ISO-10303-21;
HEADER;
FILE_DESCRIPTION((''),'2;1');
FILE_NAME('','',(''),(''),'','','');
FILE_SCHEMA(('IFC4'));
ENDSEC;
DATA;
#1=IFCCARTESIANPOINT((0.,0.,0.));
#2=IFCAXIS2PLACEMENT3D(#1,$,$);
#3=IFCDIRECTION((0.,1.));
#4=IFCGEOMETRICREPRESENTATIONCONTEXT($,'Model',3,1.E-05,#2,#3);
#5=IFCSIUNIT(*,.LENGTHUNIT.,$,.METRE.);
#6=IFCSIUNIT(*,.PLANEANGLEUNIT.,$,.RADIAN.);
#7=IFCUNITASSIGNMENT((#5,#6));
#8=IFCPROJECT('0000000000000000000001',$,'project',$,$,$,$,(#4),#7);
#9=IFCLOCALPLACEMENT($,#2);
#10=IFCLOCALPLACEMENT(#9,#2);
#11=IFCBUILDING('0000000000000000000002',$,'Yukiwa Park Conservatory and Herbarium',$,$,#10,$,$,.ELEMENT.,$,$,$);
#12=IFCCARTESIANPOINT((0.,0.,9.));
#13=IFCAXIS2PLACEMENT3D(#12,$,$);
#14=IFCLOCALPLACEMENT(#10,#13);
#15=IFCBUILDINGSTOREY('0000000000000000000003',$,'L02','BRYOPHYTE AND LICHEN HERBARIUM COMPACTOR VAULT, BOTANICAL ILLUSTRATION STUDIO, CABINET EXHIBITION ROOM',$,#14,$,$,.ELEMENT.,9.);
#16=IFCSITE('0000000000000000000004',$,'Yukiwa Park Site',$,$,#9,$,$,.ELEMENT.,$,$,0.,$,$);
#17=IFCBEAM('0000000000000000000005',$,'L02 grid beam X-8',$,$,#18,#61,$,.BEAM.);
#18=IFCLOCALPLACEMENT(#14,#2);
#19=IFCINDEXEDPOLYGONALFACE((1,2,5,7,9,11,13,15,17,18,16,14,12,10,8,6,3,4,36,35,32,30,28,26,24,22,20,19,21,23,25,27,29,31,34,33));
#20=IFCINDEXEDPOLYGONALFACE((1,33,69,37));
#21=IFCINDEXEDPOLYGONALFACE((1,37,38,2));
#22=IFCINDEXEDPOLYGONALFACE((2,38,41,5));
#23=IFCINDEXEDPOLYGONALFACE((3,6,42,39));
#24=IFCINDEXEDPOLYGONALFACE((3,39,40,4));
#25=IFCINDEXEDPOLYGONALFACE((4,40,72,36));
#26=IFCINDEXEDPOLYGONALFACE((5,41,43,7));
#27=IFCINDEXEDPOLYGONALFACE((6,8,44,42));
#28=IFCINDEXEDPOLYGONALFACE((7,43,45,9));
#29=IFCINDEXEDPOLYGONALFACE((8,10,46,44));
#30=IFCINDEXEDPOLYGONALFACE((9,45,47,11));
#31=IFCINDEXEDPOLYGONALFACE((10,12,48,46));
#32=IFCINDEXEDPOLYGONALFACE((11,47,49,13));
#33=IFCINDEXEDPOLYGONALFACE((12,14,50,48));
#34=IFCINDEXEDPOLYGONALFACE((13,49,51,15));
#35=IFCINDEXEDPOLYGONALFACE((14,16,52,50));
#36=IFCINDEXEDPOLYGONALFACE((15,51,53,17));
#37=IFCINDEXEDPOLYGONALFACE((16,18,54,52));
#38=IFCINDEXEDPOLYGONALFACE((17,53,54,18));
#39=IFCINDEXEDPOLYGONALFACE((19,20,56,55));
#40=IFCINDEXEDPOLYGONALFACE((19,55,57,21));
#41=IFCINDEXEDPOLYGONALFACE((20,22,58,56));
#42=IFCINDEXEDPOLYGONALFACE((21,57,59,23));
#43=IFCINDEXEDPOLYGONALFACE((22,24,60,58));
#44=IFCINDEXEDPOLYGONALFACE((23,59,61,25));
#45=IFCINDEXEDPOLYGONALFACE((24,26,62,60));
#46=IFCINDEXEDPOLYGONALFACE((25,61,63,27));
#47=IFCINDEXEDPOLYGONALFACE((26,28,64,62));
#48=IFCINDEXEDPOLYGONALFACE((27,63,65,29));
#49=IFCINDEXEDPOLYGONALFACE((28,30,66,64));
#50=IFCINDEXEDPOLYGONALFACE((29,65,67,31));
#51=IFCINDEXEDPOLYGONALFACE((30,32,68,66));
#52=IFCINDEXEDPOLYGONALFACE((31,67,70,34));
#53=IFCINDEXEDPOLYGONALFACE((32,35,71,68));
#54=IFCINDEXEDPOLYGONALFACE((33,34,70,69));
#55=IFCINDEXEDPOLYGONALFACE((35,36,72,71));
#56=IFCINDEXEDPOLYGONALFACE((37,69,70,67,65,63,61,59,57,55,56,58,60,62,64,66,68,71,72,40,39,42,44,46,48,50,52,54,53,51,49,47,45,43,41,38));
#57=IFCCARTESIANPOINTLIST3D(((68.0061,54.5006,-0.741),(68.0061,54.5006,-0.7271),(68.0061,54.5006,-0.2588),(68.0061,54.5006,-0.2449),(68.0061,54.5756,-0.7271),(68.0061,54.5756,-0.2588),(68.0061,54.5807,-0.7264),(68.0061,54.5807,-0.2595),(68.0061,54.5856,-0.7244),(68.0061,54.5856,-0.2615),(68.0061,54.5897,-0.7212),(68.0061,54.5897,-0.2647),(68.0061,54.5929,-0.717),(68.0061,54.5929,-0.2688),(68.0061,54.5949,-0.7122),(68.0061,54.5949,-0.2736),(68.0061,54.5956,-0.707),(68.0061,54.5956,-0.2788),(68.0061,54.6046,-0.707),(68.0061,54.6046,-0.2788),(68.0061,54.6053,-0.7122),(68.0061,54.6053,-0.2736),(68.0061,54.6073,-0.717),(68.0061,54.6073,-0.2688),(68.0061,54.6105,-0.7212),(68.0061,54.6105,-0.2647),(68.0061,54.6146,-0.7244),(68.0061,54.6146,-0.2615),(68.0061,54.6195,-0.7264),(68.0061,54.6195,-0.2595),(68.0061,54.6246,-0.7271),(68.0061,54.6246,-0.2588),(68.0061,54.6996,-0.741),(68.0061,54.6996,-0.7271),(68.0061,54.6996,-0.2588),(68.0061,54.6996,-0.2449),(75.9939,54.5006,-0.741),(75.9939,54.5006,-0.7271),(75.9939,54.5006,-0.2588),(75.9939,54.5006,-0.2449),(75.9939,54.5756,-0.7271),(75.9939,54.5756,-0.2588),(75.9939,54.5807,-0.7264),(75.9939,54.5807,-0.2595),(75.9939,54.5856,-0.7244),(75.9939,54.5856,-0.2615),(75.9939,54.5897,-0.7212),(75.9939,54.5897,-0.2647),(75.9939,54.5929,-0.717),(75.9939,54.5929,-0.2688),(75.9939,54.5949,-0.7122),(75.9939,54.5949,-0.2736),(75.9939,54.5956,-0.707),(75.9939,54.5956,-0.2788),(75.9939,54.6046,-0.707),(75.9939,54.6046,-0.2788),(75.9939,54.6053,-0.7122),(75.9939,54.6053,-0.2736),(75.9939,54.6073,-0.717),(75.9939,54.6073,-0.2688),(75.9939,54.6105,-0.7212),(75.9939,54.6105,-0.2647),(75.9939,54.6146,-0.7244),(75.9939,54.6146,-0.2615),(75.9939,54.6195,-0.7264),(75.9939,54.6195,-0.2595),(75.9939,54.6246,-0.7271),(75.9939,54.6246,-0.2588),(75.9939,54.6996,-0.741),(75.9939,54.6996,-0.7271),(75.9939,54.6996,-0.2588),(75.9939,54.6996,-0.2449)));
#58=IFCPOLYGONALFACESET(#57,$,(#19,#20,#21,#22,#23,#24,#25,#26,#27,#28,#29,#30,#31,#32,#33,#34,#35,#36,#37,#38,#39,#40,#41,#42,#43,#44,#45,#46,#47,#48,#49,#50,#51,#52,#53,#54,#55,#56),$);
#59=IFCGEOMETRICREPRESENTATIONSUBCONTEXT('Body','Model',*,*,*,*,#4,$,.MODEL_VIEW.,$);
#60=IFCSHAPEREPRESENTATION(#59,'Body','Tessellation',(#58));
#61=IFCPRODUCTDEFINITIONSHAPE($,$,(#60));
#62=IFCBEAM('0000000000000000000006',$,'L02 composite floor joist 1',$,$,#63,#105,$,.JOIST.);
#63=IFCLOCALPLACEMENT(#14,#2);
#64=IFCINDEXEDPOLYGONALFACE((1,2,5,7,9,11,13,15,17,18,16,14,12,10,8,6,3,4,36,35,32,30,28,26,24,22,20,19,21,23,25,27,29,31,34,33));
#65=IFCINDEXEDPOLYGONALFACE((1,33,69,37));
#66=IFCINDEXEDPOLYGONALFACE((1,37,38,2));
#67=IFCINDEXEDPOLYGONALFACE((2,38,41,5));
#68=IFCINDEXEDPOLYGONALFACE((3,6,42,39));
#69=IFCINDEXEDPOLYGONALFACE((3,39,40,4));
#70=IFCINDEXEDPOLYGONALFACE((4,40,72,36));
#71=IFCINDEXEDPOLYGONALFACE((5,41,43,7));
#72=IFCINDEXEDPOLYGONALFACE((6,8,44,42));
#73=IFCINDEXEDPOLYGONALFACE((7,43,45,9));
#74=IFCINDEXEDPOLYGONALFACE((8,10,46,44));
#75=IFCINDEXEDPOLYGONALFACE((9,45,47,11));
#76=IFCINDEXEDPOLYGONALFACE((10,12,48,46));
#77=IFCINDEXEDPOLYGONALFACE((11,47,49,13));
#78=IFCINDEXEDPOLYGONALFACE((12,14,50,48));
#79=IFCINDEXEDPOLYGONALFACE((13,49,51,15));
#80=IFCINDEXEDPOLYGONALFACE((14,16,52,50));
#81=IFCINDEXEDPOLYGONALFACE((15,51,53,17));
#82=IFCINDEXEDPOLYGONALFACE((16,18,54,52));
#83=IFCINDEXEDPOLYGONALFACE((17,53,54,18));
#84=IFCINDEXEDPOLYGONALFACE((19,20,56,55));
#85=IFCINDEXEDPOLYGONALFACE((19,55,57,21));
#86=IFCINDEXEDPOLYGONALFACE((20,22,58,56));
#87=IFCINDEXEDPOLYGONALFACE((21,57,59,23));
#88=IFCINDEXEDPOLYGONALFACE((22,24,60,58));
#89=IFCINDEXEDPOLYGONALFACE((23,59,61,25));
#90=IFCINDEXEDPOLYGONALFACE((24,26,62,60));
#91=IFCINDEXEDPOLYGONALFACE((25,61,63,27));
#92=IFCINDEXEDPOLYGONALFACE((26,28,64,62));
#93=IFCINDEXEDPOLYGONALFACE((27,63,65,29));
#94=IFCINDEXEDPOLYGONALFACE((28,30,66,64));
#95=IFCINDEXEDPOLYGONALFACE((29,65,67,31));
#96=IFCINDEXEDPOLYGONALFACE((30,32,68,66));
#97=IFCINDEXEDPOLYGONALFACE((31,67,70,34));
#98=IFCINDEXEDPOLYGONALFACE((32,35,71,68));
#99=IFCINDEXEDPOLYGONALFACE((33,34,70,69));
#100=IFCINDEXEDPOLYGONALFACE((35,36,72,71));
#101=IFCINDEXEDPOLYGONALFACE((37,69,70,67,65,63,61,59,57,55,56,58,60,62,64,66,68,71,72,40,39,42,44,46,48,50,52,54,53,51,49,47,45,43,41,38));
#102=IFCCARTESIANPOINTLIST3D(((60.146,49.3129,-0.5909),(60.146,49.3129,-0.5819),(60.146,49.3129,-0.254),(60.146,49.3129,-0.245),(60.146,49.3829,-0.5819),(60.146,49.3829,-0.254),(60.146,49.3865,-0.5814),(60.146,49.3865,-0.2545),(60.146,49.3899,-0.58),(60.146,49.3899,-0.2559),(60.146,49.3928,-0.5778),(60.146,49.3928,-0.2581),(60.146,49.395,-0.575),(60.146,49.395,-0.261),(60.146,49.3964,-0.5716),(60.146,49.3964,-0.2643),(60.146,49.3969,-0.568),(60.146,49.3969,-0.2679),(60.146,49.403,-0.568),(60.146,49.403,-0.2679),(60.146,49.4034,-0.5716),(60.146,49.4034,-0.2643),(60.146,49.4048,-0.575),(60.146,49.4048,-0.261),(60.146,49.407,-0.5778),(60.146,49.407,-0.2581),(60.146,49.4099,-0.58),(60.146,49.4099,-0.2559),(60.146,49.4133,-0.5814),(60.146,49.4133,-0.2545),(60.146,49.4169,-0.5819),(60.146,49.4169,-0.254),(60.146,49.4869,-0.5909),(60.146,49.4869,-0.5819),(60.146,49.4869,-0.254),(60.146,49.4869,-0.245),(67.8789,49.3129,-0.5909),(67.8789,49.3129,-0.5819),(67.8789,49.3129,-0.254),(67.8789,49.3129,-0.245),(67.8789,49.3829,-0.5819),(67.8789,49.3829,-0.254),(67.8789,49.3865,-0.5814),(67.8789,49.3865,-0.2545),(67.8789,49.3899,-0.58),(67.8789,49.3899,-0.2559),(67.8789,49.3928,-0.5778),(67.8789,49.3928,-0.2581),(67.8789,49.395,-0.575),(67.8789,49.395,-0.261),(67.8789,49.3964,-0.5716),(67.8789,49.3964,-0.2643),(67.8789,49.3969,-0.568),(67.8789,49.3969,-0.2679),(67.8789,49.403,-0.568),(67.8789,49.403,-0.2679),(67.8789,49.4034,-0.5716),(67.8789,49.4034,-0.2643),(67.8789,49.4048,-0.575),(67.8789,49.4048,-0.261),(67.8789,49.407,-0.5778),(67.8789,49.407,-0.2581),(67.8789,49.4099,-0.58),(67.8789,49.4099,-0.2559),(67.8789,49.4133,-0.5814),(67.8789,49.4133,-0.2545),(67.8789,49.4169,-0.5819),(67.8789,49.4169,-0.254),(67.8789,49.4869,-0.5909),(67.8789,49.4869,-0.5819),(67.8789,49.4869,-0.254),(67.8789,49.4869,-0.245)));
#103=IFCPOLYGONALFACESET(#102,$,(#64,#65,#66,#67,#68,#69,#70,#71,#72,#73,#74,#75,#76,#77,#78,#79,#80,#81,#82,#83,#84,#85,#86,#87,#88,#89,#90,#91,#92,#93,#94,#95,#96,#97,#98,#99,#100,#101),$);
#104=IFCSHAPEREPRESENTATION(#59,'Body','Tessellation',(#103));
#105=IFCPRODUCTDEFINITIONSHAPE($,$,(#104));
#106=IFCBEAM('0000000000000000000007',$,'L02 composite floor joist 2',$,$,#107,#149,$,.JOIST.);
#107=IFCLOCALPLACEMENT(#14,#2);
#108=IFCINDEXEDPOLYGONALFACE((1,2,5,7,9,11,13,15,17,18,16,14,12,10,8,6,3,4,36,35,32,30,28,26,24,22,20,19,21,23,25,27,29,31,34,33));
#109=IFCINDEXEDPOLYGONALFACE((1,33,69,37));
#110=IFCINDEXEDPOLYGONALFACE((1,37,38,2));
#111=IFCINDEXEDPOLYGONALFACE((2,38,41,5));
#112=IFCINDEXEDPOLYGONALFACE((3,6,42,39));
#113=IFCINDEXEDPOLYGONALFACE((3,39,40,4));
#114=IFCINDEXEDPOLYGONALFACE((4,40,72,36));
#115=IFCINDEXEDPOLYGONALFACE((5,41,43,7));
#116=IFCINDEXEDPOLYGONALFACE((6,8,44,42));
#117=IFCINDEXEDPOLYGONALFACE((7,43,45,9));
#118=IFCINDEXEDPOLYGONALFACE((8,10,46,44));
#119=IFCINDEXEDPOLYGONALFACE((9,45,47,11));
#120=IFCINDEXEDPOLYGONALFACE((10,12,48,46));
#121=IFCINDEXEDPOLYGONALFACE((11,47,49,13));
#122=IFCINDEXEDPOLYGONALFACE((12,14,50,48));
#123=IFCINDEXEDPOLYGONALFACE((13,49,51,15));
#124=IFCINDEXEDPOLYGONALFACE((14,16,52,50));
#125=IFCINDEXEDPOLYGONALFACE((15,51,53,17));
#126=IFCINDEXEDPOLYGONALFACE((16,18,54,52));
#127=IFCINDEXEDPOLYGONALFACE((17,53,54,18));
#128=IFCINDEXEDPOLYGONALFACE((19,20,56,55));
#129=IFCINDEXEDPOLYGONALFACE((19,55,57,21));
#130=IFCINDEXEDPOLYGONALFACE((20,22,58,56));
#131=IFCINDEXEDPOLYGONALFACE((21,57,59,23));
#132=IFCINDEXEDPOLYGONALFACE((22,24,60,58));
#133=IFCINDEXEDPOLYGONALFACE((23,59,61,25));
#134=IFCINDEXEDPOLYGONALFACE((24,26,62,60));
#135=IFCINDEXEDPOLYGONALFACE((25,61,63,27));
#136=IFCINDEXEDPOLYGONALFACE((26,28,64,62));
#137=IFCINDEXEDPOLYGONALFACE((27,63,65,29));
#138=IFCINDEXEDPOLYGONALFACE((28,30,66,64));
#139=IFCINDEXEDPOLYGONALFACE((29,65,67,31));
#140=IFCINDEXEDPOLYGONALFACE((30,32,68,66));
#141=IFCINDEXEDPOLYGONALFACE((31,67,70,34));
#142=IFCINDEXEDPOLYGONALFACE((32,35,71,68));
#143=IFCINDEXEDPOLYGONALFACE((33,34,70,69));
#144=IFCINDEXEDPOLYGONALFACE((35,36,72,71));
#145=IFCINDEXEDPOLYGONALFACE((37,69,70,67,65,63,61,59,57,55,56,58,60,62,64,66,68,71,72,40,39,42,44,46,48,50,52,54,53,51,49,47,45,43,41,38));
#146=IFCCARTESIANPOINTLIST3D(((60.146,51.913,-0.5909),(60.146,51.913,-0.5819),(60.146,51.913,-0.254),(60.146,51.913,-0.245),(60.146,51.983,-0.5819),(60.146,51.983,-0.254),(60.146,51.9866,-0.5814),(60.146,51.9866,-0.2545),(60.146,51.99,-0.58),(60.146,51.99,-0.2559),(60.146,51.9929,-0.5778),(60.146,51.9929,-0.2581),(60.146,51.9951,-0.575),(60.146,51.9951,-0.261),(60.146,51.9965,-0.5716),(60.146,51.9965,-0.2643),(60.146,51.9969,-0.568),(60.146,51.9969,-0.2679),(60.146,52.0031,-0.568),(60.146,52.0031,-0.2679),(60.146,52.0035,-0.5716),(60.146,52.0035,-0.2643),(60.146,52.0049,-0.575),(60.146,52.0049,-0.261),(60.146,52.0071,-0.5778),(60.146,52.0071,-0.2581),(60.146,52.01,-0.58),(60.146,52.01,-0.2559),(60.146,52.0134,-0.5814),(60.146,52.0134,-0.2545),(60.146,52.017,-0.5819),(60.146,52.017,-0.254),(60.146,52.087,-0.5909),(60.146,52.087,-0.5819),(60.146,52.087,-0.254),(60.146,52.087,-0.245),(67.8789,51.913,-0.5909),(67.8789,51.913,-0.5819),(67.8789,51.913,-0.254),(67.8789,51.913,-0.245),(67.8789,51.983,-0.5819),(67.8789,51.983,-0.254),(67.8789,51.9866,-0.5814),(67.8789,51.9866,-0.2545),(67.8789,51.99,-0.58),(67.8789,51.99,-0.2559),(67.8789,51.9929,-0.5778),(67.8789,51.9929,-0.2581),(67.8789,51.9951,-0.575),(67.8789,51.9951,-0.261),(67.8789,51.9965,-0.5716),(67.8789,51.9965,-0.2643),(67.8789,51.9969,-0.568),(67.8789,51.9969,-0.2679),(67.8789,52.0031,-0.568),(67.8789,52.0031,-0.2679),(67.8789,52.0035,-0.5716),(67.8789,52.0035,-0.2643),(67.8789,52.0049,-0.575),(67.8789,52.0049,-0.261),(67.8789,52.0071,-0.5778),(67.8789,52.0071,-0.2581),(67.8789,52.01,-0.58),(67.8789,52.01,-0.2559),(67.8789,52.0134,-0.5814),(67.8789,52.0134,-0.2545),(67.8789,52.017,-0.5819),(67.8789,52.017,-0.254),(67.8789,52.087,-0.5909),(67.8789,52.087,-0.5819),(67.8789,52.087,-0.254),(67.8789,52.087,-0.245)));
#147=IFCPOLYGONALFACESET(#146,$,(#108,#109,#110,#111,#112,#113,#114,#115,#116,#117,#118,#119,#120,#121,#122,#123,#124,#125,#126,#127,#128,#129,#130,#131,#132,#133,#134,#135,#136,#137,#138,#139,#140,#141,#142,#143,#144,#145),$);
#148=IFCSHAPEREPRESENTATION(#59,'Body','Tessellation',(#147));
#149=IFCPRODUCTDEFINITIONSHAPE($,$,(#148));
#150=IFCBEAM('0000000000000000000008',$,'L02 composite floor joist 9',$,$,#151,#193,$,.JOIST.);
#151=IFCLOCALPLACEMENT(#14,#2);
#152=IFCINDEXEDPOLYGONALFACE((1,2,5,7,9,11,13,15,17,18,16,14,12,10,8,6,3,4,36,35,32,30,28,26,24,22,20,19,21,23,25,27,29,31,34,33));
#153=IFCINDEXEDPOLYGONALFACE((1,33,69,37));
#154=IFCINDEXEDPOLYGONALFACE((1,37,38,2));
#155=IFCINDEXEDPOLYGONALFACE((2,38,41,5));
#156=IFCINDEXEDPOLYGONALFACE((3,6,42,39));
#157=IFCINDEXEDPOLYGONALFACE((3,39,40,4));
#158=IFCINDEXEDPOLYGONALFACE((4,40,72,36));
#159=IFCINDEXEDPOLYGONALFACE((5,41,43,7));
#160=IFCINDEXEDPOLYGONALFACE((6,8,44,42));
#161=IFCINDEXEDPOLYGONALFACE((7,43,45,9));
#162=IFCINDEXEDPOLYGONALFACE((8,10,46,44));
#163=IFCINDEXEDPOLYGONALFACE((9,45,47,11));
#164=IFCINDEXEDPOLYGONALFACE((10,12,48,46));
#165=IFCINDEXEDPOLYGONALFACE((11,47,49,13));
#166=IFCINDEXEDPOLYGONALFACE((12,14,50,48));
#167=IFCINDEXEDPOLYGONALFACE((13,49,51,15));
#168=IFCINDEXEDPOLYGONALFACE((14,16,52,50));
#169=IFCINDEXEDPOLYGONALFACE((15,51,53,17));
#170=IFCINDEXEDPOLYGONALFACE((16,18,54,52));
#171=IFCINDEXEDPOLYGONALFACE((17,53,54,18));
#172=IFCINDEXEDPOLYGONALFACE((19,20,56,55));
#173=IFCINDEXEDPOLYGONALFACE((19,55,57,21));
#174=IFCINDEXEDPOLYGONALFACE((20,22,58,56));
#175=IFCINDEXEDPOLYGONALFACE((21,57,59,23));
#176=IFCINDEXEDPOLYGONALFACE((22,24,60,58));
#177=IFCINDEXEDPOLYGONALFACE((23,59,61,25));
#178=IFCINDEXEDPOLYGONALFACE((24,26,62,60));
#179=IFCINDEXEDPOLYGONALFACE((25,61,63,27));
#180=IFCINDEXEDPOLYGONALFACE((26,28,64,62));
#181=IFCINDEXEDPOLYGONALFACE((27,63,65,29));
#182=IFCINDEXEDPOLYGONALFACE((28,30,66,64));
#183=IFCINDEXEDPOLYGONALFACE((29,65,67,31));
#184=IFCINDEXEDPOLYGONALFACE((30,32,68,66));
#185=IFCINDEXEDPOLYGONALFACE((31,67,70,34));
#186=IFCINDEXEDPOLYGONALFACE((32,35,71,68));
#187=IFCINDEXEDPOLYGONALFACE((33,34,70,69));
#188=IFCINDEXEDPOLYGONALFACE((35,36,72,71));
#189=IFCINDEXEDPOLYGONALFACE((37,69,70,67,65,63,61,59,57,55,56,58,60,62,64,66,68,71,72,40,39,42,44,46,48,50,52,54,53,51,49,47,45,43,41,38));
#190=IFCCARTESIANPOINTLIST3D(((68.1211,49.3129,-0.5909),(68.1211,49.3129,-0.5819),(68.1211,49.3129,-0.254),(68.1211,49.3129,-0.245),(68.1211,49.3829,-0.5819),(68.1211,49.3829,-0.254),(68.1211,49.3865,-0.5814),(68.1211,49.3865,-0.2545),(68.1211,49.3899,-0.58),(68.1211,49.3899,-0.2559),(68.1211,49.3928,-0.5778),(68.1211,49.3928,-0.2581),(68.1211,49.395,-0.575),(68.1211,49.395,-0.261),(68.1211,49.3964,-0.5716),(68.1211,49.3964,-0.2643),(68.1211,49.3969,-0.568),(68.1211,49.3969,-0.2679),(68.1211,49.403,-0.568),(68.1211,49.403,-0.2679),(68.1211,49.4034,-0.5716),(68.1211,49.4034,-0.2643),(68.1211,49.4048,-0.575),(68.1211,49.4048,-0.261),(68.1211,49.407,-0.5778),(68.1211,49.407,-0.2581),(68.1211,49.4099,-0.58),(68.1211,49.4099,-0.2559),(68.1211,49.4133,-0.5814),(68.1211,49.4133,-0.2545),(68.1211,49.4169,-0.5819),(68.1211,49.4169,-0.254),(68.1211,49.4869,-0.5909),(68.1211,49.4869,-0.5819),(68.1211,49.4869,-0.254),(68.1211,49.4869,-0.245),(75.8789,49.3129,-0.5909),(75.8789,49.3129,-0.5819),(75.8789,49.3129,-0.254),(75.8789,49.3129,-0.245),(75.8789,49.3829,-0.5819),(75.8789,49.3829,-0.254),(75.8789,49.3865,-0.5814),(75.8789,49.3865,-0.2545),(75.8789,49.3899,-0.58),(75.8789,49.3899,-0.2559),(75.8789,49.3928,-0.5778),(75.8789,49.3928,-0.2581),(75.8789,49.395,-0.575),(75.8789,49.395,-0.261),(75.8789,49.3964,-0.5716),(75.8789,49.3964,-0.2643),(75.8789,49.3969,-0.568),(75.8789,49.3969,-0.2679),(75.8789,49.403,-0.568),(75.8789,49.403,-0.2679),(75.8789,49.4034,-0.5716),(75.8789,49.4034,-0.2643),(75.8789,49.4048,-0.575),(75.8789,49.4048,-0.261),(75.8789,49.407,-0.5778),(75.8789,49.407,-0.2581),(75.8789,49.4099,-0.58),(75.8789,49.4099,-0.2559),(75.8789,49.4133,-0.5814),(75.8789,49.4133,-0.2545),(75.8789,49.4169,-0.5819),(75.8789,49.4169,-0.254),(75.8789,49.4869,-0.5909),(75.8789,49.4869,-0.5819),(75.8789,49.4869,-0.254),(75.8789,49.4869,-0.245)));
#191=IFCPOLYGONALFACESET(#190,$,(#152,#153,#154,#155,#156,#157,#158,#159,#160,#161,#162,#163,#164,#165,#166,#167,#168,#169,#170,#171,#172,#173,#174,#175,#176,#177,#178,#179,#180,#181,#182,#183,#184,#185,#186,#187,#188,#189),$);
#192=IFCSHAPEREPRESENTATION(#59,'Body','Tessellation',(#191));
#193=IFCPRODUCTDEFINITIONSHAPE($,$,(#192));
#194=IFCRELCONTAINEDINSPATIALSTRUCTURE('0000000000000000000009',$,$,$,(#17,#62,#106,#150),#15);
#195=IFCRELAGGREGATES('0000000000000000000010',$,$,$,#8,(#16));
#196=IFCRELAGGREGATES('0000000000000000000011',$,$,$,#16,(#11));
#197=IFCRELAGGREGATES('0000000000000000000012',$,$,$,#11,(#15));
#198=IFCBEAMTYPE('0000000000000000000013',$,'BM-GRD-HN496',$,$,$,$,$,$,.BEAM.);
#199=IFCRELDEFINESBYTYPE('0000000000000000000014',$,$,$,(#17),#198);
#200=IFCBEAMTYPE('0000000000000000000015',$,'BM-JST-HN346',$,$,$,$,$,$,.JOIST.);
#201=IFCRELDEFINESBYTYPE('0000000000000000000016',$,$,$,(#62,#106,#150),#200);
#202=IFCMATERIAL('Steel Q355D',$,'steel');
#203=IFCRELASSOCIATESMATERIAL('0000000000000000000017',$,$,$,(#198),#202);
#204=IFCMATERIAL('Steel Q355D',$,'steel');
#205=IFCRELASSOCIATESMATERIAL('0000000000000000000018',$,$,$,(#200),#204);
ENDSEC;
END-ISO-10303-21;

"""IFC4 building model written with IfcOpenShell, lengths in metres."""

from ifc_helpers import new_model, si_unit, direction, frame, origin, origin_2d, place, context, subcontext, project, spatial, i_section, extrude, material, material_profile, profile_set, type_object, element, save


model = new_model("IFC4")

# Units and contexts
model_context = context("Model", 3, precision=1e-05, world=origin(), true_north=direction((0.0, 1.0)))
body_context = subcontext(model_context, "Body", "Model", "MODEL_VIEW")
ifc_project = project(units=[si_unit("LENGTHUNIT", "METRE"), si_unit("PLANEANGLEUNIT", "RADIAN")], contexts=[model_context])

# Site, building, storey
site_placement = place(None, origin())
site = spatial("IfcSite", under=ifc_project, at=site_placement, Name="Yukiwa Park Site", CompositionType="ELEMENT", RefElevation=0.0)
building_placement = place(site_placement, origin())
building = spatial("IfcBuilding", under=site, at=building_placement, Name="Yukiwa Park Conservatory and Herbarium", CompositionType="ELEMENT")
storey_placement = place(building_placement, frame((0.0, 0.0, 9.0)))
storey = spatial("IfcBuildingStorey", under=building, at=storey_placement, Name="L02", Description="BRYOPHYTE AND LICHEN HERBARIUM COMPACTOR VAULT, BOTANICAL ILLUSTRATION STUDIO, CABINET EXHIBITION ROOM", CompositionType="ELEMENT", Elevation=9.0)

# Beams
ifc_material_1 = material(Name="Steel Q355D", Category="steel")
ifc_material_profile_1 = material_profile(ifc_material_1, i_section(OverallWidth=0.199, OverallDepth=0.4961, WebThickness=0.009, FlangeThickness=0.0139, FilletRadius=0.02, at=origin_2d()), Name="HN 496x199x9x14")
ifc_profile_set_1 = profile_set([ifc_material_profile_1], Name="Steel Q355D")
beam_type_1 = type_object("IfcBeamType", Name="BM-GRD-HN496", PredefinedType="BEAM", material=ifc_profile_set_1)
for number, where, z_axis, x_axis, name in (
    (1, (68.0061, 54.6001, -0.4929), (1.0, 0.0, 0.0), (0.0, 1.0, 0.0), "L02 grid beam X-8"),
):
    element("IfcBeam", number, at=place(storey_placement, frame(where, z_axis=z_axis, x_axis=x_axis)), inside=storey, type_object=beam_type_1, Name=name, PredefinedType="BEAM", context=body_context, shape_type="SweptSolid", body=[
        extrude(i_section(OverallWidth=0.199, OverallDepth=0.4961, WebThickness=0.009, FlangeThickness=0.0139, FilletRadius=0.02, at=origin_2d()), origin(), (0.0, 0.0, 1.0), 7.9878),
    ])
ifc_material_2 = material(Name="Steel Q355D", Category="steel")
ifc_material_profile_2 = material_profile(ifc_material_2, i_section(OverallWidth=0.1741, OverallDepth=0.3459, WebThickness=0.0061, FlangeThickness=0.009, FilletRadius=0.0139, at=origin_2d()), Name="HN 346x174x6x9")
ifc_profile_set_2 = profile_set([ifc_material_profile_2], Name="Steel Q355D")
beam_type_2 = type_object("IfcBeamType", Name="BM-JST-HN346", PredefinedType="JOIST", material=ifc_profile_set_2)
for number, where, z_axis, x_axis, name in (
    (2, (60.146, 49.3999, -0.418), (1.0, 0.0, 0.0), (0.0, 1.0, 0.0), "L02 composite floor joist 1"),
    (3, (60.146, 52.0, -0.418), (1.0, 0.0, 0.0), (0.0, 1.0, 0.0), "L02 composite floor joist 2"),
):
    element("IfcBeam", number, at=place(storey_placement, frame(where, z_axis=z_axis, x_axis=x_axis)), inside=storey, type_object=beam_type_2, Name=name, PredefinedType="JOIST", context=body_context, shape_type="SweptSolid", body=[
        extrude(i_section(OverallWidth=0.1741, OverallDepth=0.3459, WebThickness=0.0061, FlangeThickness=0.009, FilletRadius=0.0139, at=origin_2d()), origin(), (0.0, 0.0, 1.0), 7.7329),
    ])
for number, where, z_axis, x_axis, name in (
    (4, (68.1211, 49.3999, -0.418), (1.0, 0.0, 0.0), (0.0, 1.0, 0.0), "L02 composite floor joist 9"),
):
    element("IfcBeam", number, at=place(storey_placement, frame(where, z_axis=z_axis, x_axis=x_axis)), inside=storey, type_object=beam_type_2, Name=name, PredefinedType="JOIST", context=body_context, shape_type="SweptSolid", body=[
        extrude(i_section(OverallWidth=0.1741, OverallDepth=0.3459, WebThickness=0.0061, FlangeThickness=0.009, FilletRadius=0.0139, at=origin_2d()), origin(), (0.0, 0.0, 1.0), 7.7578),
    ])

save(model, "model.ifc")
